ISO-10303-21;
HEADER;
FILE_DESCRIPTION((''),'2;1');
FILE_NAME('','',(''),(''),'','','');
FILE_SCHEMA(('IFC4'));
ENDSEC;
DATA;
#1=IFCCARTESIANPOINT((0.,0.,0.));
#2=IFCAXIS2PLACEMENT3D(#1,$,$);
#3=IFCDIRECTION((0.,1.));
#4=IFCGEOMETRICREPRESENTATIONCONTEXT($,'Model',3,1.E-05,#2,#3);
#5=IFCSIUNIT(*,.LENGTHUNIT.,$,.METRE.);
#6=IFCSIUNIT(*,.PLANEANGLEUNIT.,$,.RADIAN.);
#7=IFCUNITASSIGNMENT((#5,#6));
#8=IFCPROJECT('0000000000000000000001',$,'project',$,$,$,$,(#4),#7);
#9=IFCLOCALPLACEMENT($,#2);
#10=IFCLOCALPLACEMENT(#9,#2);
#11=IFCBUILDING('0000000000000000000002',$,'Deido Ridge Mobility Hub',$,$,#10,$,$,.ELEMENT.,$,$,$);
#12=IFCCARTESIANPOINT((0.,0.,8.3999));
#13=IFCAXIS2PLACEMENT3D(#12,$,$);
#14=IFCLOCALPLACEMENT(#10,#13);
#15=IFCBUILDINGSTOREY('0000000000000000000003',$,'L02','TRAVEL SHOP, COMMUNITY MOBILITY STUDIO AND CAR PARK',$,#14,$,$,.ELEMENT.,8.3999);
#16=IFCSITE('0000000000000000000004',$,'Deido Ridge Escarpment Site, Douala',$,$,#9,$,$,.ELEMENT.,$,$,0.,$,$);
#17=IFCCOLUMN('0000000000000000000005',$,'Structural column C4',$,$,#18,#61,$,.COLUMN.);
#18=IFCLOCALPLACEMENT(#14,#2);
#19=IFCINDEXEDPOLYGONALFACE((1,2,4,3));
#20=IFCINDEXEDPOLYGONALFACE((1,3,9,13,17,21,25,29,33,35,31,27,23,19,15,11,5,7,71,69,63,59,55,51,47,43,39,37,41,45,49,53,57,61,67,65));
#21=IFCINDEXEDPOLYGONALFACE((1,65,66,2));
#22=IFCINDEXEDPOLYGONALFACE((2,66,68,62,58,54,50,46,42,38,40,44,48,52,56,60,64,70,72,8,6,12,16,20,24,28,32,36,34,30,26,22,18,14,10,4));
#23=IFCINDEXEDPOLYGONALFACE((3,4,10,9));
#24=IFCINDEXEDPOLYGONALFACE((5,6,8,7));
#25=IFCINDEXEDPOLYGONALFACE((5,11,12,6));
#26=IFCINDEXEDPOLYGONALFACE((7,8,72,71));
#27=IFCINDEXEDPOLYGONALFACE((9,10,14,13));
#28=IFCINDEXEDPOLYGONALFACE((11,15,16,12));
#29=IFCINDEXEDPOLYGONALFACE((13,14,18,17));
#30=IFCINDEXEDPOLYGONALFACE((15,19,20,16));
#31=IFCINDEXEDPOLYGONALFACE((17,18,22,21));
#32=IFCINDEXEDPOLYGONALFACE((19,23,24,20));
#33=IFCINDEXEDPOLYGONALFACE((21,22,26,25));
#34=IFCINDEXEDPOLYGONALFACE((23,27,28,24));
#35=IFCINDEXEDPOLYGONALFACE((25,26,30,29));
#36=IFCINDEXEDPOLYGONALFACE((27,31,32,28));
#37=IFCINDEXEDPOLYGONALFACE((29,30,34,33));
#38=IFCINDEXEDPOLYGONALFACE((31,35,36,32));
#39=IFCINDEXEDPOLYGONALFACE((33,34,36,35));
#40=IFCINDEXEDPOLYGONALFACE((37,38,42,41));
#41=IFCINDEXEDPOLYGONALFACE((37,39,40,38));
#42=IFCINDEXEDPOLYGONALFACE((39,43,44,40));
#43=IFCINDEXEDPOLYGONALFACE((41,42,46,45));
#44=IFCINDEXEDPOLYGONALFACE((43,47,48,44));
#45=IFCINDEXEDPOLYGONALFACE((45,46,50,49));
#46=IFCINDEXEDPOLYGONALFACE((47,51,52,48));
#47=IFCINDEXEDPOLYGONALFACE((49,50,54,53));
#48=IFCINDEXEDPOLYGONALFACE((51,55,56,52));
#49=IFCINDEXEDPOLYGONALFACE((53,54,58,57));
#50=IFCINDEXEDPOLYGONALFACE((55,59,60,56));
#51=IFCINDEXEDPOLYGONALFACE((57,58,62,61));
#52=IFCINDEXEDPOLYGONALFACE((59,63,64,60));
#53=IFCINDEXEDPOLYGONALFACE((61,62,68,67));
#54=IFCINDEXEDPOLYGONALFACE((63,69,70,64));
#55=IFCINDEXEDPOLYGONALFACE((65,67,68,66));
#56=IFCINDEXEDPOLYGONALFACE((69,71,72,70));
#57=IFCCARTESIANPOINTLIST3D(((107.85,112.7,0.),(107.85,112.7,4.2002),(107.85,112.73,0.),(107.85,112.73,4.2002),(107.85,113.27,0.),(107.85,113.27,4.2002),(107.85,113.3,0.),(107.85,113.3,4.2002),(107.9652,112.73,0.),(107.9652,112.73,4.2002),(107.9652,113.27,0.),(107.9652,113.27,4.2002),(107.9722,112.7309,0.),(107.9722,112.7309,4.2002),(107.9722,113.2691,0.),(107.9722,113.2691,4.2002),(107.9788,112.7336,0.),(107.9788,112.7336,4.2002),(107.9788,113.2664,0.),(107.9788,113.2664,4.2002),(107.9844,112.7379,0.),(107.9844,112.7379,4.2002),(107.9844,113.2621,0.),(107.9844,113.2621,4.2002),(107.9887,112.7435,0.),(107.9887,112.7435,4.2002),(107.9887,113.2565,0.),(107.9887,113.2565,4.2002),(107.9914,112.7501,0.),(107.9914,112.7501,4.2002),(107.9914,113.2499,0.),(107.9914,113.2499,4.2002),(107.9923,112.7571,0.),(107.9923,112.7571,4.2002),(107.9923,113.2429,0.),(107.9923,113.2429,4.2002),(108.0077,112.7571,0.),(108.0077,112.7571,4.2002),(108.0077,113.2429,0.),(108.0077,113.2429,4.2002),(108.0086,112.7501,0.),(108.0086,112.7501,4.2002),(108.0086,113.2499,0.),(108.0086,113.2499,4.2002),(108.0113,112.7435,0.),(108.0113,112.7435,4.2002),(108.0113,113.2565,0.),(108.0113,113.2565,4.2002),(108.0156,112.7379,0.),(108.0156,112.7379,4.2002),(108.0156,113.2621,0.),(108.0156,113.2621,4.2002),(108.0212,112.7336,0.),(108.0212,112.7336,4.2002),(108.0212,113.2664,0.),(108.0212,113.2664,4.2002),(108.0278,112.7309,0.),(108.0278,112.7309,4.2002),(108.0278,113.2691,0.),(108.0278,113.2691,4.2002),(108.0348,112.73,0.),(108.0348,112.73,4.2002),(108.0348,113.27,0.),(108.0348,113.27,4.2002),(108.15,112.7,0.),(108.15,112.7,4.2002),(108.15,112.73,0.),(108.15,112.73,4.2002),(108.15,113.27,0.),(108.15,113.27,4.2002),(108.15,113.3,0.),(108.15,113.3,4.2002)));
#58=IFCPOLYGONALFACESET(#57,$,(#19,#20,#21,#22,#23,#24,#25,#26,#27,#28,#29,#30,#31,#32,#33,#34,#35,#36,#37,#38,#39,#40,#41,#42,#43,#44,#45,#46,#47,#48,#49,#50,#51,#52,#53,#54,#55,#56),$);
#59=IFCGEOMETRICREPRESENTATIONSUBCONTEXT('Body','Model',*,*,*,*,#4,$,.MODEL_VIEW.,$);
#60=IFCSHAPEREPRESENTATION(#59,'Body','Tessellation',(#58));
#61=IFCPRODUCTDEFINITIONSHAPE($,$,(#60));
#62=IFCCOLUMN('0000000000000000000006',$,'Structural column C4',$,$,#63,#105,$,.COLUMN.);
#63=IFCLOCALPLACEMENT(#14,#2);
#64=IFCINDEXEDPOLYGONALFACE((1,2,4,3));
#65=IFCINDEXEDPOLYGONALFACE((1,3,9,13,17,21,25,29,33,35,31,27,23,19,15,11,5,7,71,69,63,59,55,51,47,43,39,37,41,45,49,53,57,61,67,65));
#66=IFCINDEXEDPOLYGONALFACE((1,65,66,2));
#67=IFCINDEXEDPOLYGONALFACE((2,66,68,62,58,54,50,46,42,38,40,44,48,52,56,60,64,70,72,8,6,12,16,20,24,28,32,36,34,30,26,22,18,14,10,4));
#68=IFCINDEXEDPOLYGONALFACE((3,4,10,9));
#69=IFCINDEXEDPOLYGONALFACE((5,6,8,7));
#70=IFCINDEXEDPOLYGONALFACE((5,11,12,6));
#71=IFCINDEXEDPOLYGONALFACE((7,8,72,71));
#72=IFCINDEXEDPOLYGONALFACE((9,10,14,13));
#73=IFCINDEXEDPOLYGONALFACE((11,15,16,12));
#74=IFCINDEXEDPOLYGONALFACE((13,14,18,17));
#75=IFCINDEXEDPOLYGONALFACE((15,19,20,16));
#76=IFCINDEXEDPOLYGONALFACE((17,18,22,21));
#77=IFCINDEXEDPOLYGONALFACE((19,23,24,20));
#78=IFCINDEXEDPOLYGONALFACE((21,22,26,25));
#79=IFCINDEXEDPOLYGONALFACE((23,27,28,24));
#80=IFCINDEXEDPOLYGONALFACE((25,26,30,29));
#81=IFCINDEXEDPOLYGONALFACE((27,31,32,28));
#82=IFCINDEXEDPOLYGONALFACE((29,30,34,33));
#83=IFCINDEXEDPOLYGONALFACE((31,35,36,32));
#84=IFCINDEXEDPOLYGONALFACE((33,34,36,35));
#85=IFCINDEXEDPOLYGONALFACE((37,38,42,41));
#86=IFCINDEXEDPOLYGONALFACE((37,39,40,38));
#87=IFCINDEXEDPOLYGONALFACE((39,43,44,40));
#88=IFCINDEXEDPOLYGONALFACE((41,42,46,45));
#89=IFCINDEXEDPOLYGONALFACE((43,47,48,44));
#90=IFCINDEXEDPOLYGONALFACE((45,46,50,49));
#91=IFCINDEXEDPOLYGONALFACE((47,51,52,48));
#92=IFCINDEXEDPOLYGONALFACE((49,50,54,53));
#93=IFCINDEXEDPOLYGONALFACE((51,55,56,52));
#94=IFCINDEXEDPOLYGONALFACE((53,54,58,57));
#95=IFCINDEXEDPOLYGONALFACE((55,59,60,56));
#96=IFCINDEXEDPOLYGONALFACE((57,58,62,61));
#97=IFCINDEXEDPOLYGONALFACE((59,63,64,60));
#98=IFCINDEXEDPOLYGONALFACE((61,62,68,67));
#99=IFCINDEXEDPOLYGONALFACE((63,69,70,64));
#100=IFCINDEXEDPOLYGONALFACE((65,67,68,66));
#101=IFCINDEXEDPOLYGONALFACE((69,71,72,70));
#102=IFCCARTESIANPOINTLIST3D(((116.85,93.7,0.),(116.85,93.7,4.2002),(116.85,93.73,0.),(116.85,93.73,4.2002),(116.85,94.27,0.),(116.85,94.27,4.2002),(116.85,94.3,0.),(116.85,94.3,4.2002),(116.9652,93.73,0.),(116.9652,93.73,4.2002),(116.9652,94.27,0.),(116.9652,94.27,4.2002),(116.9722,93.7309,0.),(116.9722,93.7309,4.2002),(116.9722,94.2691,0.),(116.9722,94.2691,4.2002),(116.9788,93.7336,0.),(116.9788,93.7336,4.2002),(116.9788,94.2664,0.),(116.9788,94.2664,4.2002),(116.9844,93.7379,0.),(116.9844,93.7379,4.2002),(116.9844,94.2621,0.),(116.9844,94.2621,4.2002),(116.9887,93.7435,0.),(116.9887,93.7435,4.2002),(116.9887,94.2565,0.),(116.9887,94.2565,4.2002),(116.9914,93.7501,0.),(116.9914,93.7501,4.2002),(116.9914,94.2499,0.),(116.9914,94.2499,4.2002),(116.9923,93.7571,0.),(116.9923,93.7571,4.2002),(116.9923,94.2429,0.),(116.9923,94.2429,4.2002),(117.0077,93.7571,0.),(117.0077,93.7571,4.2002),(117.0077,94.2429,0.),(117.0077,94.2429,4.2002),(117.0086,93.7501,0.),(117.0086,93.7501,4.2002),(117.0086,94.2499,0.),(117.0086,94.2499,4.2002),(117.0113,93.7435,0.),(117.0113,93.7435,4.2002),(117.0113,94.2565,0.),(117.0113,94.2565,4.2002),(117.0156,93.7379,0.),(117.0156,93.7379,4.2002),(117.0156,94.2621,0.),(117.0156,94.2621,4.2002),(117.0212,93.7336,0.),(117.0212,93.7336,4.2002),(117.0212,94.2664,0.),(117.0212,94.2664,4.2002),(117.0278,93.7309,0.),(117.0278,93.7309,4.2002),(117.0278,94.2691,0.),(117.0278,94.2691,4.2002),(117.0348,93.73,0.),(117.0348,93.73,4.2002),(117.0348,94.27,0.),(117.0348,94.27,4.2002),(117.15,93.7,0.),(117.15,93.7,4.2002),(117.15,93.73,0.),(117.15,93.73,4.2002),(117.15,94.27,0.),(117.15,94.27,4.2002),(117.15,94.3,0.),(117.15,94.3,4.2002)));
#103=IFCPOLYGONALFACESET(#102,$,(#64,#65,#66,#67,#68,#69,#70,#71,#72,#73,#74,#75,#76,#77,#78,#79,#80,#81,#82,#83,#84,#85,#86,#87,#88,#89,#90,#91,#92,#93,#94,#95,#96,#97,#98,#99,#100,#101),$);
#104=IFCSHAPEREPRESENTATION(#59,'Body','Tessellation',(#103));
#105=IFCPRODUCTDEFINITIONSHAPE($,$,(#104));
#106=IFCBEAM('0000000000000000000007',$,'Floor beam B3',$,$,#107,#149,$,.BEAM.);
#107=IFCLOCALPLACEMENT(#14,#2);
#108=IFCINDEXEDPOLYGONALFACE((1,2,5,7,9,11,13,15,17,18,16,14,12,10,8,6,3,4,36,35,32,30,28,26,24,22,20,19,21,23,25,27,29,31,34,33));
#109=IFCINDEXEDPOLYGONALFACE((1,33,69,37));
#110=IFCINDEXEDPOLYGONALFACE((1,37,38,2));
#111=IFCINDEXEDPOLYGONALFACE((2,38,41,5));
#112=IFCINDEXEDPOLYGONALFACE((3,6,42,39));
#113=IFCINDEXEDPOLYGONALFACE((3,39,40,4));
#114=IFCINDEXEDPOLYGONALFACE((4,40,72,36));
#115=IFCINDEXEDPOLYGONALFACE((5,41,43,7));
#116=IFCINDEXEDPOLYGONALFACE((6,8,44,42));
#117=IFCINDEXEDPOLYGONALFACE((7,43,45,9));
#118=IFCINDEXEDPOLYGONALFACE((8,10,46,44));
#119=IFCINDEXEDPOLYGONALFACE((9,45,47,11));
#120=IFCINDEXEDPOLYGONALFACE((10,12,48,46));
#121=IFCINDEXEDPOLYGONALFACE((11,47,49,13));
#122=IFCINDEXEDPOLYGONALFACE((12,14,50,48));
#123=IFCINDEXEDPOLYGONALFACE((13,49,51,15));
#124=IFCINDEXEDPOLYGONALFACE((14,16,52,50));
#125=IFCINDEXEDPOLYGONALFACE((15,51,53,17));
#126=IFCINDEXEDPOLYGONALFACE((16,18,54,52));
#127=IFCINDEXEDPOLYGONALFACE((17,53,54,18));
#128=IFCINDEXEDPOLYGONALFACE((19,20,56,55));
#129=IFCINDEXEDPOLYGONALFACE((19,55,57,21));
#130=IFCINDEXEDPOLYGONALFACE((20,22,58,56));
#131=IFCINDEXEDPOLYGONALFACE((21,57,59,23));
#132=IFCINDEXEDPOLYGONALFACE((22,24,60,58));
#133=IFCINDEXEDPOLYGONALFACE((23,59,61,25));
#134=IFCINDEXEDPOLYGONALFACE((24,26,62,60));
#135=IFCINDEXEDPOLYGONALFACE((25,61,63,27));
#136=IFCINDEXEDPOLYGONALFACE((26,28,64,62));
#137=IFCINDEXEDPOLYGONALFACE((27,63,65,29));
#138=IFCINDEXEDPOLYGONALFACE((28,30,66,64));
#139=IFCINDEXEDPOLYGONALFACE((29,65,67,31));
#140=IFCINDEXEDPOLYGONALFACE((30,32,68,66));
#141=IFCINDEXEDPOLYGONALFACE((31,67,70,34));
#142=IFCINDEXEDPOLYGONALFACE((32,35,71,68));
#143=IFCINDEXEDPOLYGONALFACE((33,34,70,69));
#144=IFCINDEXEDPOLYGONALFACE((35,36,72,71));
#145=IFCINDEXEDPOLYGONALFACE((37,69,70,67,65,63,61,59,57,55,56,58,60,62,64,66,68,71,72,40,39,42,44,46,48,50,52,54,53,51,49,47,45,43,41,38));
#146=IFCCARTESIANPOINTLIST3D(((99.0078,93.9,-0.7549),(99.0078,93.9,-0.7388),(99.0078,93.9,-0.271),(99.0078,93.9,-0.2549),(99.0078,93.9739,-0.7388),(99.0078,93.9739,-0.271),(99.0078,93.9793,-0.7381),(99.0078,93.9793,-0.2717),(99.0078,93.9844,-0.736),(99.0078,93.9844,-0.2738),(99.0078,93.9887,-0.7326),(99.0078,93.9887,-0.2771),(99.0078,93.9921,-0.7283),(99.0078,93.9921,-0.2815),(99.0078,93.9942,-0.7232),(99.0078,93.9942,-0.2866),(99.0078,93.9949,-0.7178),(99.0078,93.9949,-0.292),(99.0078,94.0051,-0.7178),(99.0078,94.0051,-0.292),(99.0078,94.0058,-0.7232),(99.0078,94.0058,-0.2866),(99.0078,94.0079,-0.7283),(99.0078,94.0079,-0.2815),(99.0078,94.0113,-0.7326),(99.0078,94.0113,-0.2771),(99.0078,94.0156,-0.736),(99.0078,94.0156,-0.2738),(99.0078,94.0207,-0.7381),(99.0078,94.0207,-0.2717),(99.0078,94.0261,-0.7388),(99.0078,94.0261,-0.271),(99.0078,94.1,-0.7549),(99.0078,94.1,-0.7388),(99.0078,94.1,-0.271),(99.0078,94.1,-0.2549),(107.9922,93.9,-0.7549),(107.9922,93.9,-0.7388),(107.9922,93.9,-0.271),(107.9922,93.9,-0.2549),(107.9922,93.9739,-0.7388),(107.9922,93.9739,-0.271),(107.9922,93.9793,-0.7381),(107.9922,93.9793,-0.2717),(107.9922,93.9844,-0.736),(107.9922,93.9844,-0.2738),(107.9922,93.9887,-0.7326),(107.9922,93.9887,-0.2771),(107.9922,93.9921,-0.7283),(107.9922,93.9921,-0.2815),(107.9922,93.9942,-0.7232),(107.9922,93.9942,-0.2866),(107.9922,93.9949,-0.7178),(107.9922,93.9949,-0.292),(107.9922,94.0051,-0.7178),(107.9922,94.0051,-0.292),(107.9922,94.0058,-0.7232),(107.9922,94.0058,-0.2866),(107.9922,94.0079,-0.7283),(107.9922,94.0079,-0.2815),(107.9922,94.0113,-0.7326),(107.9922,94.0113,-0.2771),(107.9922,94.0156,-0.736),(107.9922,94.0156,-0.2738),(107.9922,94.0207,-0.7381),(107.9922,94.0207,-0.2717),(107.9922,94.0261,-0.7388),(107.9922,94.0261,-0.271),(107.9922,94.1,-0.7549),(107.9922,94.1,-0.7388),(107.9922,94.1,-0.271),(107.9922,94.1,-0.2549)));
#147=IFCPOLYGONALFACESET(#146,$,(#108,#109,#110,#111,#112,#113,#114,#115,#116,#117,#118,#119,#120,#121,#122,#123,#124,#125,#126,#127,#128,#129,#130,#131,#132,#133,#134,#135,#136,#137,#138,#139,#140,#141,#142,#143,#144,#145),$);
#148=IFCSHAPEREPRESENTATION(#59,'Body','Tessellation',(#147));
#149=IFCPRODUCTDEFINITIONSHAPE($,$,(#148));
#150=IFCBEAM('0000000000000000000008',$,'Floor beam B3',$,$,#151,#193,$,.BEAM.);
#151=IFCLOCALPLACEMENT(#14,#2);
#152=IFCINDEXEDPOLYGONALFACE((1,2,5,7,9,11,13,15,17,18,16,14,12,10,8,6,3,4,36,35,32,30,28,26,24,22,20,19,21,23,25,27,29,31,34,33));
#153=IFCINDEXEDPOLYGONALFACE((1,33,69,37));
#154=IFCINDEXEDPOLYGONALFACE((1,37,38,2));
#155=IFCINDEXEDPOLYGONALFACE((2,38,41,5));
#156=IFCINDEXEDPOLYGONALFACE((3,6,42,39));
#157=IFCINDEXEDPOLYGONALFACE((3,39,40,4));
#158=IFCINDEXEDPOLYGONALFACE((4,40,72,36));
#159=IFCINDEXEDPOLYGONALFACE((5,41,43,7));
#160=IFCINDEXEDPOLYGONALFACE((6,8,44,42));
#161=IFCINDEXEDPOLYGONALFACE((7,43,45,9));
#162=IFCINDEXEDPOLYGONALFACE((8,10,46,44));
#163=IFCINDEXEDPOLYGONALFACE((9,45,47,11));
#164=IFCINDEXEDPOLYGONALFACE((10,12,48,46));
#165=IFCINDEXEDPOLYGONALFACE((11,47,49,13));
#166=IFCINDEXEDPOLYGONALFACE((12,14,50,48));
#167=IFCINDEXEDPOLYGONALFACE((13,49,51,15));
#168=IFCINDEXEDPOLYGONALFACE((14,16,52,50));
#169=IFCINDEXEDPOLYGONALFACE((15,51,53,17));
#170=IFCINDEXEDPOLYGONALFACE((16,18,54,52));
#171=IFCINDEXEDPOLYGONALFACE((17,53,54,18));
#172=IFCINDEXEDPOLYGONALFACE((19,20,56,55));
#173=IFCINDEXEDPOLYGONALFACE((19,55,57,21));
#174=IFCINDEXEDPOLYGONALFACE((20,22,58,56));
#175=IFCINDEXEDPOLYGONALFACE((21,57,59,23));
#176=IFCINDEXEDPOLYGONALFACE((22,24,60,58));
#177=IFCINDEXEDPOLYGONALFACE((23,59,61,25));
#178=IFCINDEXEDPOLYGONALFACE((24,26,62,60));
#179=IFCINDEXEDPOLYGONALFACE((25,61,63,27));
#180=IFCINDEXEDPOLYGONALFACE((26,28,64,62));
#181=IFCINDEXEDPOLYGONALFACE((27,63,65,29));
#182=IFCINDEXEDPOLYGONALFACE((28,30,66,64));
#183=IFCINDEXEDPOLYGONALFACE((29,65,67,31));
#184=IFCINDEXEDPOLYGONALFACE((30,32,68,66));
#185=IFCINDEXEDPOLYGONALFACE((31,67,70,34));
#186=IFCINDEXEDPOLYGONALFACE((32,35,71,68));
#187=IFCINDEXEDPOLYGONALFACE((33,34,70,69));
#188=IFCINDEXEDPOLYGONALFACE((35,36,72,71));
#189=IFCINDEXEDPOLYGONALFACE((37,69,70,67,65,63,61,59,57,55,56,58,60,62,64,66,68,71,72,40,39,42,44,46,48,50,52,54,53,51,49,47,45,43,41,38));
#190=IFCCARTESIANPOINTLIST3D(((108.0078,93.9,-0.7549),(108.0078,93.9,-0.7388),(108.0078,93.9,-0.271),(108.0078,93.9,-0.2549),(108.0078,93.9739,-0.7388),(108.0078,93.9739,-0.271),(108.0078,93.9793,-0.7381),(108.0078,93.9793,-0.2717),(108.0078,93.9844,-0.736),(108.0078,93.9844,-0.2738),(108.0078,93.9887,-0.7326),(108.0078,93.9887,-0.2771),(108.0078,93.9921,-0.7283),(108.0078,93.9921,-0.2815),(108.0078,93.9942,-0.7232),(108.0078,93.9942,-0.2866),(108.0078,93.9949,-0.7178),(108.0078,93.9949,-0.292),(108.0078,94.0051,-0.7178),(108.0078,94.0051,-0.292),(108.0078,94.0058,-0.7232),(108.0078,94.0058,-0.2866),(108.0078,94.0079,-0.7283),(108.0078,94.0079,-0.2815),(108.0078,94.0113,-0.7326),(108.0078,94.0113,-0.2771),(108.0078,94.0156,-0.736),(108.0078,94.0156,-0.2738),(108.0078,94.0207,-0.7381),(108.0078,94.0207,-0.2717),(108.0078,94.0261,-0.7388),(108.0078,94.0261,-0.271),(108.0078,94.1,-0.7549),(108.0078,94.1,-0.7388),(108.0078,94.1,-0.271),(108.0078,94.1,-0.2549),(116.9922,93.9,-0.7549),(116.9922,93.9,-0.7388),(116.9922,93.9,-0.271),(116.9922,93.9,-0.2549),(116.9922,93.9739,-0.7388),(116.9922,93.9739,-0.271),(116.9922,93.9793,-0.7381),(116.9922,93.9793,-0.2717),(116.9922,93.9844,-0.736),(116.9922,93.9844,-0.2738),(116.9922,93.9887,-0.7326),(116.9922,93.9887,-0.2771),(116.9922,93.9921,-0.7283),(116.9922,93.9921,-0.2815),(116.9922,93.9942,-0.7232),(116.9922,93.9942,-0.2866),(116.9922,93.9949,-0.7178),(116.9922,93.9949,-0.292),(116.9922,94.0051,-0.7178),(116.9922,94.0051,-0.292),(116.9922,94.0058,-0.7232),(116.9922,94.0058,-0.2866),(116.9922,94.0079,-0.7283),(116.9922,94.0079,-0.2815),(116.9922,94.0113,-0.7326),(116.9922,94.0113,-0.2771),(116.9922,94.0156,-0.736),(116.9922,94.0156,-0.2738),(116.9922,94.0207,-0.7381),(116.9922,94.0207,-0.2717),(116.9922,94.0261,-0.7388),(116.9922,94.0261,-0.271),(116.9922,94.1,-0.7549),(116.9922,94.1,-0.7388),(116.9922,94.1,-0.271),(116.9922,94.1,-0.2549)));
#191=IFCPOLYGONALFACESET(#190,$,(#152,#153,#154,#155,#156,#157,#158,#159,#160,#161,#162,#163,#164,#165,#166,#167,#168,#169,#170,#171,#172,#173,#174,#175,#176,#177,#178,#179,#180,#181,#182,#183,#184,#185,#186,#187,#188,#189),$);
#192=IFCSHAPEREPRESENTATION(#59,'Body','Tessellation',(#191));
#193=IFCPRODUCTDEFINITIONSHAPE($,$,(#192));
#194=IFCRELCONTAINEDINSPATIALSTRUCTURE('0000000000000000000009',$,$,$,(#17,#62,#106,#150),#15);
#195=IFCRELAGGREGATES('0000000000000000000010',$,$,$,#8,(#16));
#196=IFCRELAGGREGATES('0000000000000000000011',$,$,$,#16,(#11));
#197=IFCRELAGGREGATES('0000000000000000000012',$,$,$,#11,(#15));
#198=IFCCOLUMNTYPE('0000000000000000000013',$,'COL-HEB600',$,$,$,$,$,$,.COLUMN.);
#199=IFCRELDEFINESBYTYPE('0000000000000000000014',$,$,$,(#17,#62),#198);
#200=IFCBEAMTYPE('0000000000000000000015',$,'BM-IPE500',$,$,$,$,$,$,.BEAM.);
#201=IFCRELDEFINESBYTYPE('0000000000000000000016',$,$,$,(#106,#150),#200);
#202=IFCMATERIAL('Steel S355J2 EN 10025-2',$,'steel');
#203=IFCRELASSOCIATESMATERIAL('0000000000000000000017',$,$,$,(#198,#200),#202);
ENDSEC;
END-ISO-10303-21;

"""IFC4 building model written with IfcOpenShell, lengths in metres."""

from ifc_helpers import new_model, si_unit, direction, frame, origin, origin_2d, place, context, subcontext, project, spatial, i_section, extrude, material, material_profile, profile_set, type_object, element, save


model = new_model("IFC4")

# Units and contexts
model_context = context("Model", 3, precision=1e-05, world=origin(), true_north=direction((0.0, 1.0)))
body_context = subcontext(model_context, "Body", "Model", "MODEL_VIEW")
ifc_project = project(units=[si_unit("LENGTHUNIT", "METRE"), si_unit("PLANEANGLEUNIT", "RADIAN")], contexts=[model_context])

# Site, building, storey
site_placement = place(None, origin())
site = spatial("IfcSite", under=ifc_project, at=site_placement, Name="Deido Ridge Escarpment Site, Douala", CompositionType="ELEMENT", RefElevation=0.0)
building_placement = place(site_placement, origin())
building = spatial("IfcBuilding", under=site, at=building_placement, Name="Deido Ridge Mobility Hub", CompositionType="ELEMENT")
storey_placement = place(building_placement, frame((0.0, 0.0, 8.3999)))
storey = spatial("IfcBuildingStorey", under=building, at=storey_placement, Name="L02", Description="TRAVEL SHOP, COMMUNITY MOBILITY STUDIO AND CAR PARK", CompositionType="ELEMENT", Elevation=8.3999)

# Columns
ifc_material_1 = material(Name="Steel S355J2 EN 10025-2", Category="steel")
ifc_material_profile_1 = material_profile(ifc_material_1, i_section(OverallWidth=0.3, OverallDepth=0.6001, WebThickness=0.0154, FlangeThickness=0.03, FilletRadius=0.0271, at=origin_2d()), Name="HEB 600")
ifc_profile_set_1 = profile_set([ifc_material_profile_1], Name="Steel S355J2 EN 10025-2")
column_type_1 = type_object("IfcColumnType", Name="COL-HEB600", PredefinedType="COLUMN", material=ifc_profile_set_1)
for number, where, z_axis, x_axis, name in (
    (1, (108.0, 113.0, 0.0), (0.0, 0.0, 1.0), (1.0, 0.0, 0.0), "Structural column C4"),
    (2, (117.0, 94.0, 0.0), (0.0, 0.0, 1.0), (1.0, 0.0, 0.0), "Structural column C4"),
):
    element("IfcColumn", number, at=place(storey_placement, frame(where, z_axis=z_axis, x_axis=x_axis)), inside=storey, type_object=column_type_1, Name=name, PredefinedType="COLUMN", context=body_context, shape_type="SweptSolid", body=[
        extrude(i_section(OverallWidth=0.3, OverallDepth=0.6001, WebThickness=0.0154, FlangeThickness=0.03, FilletRadius=0.0271, at=origin_2d()), origin(), (0.0, 0.0, 1.0), 4.2002),
    ])

# Beams
ifc_material_profile_2 = material_profile(ifc_material_1, i_section(OverallWidth=0.2, OverallDepth=0.5, WebThickness=0.0103, FlangeThickness=0.0161, FilletRadius=0.021, at=origin_2d()), Name="IPE 500")
ifc_profile_set_2 = profile_set([ifc_material_profile_2], Name="Steel S355J2 EN 10025-2")
beam_type_1 = type_object("IfcBeamType", Name="BM-IPE500", PredefinedType="BEAM", material=ifc_profile_set_2)
for number, where, z_axis, x_axis, name in (
    (3, (99.0078, 94.0, -0.5049), (1.0, 0.0, 0.0), (0.0, 1.0, 0.0), "Floor beam B3"),
    (4, (108.0078, 94.0, -0.5049), (1.0, 0.0, 0.0), (0.0, 1.0, 0.0), "Floor beam B3"),
):
    element("IfcBeam", number, at=place(storey_placement, frame(where, z_axis=z_axis, x_axis=x_axis)), inside=storey, type_object=beam_type_1, Name=name, PredefinedType="BEAM", context=body_context, shape_type="SweptSolid", body=[
        extrude(i_section(OverallWidth=0.2, OverallDepth=0.5, WebThickness=0.0103, FlangeThickness=0.0161, FilletRadius=0.021, at=origin_2d()), origin(), (0.0, 0.0, 1.0), 8.9844),
    ])

save(model, "model.ifc")
